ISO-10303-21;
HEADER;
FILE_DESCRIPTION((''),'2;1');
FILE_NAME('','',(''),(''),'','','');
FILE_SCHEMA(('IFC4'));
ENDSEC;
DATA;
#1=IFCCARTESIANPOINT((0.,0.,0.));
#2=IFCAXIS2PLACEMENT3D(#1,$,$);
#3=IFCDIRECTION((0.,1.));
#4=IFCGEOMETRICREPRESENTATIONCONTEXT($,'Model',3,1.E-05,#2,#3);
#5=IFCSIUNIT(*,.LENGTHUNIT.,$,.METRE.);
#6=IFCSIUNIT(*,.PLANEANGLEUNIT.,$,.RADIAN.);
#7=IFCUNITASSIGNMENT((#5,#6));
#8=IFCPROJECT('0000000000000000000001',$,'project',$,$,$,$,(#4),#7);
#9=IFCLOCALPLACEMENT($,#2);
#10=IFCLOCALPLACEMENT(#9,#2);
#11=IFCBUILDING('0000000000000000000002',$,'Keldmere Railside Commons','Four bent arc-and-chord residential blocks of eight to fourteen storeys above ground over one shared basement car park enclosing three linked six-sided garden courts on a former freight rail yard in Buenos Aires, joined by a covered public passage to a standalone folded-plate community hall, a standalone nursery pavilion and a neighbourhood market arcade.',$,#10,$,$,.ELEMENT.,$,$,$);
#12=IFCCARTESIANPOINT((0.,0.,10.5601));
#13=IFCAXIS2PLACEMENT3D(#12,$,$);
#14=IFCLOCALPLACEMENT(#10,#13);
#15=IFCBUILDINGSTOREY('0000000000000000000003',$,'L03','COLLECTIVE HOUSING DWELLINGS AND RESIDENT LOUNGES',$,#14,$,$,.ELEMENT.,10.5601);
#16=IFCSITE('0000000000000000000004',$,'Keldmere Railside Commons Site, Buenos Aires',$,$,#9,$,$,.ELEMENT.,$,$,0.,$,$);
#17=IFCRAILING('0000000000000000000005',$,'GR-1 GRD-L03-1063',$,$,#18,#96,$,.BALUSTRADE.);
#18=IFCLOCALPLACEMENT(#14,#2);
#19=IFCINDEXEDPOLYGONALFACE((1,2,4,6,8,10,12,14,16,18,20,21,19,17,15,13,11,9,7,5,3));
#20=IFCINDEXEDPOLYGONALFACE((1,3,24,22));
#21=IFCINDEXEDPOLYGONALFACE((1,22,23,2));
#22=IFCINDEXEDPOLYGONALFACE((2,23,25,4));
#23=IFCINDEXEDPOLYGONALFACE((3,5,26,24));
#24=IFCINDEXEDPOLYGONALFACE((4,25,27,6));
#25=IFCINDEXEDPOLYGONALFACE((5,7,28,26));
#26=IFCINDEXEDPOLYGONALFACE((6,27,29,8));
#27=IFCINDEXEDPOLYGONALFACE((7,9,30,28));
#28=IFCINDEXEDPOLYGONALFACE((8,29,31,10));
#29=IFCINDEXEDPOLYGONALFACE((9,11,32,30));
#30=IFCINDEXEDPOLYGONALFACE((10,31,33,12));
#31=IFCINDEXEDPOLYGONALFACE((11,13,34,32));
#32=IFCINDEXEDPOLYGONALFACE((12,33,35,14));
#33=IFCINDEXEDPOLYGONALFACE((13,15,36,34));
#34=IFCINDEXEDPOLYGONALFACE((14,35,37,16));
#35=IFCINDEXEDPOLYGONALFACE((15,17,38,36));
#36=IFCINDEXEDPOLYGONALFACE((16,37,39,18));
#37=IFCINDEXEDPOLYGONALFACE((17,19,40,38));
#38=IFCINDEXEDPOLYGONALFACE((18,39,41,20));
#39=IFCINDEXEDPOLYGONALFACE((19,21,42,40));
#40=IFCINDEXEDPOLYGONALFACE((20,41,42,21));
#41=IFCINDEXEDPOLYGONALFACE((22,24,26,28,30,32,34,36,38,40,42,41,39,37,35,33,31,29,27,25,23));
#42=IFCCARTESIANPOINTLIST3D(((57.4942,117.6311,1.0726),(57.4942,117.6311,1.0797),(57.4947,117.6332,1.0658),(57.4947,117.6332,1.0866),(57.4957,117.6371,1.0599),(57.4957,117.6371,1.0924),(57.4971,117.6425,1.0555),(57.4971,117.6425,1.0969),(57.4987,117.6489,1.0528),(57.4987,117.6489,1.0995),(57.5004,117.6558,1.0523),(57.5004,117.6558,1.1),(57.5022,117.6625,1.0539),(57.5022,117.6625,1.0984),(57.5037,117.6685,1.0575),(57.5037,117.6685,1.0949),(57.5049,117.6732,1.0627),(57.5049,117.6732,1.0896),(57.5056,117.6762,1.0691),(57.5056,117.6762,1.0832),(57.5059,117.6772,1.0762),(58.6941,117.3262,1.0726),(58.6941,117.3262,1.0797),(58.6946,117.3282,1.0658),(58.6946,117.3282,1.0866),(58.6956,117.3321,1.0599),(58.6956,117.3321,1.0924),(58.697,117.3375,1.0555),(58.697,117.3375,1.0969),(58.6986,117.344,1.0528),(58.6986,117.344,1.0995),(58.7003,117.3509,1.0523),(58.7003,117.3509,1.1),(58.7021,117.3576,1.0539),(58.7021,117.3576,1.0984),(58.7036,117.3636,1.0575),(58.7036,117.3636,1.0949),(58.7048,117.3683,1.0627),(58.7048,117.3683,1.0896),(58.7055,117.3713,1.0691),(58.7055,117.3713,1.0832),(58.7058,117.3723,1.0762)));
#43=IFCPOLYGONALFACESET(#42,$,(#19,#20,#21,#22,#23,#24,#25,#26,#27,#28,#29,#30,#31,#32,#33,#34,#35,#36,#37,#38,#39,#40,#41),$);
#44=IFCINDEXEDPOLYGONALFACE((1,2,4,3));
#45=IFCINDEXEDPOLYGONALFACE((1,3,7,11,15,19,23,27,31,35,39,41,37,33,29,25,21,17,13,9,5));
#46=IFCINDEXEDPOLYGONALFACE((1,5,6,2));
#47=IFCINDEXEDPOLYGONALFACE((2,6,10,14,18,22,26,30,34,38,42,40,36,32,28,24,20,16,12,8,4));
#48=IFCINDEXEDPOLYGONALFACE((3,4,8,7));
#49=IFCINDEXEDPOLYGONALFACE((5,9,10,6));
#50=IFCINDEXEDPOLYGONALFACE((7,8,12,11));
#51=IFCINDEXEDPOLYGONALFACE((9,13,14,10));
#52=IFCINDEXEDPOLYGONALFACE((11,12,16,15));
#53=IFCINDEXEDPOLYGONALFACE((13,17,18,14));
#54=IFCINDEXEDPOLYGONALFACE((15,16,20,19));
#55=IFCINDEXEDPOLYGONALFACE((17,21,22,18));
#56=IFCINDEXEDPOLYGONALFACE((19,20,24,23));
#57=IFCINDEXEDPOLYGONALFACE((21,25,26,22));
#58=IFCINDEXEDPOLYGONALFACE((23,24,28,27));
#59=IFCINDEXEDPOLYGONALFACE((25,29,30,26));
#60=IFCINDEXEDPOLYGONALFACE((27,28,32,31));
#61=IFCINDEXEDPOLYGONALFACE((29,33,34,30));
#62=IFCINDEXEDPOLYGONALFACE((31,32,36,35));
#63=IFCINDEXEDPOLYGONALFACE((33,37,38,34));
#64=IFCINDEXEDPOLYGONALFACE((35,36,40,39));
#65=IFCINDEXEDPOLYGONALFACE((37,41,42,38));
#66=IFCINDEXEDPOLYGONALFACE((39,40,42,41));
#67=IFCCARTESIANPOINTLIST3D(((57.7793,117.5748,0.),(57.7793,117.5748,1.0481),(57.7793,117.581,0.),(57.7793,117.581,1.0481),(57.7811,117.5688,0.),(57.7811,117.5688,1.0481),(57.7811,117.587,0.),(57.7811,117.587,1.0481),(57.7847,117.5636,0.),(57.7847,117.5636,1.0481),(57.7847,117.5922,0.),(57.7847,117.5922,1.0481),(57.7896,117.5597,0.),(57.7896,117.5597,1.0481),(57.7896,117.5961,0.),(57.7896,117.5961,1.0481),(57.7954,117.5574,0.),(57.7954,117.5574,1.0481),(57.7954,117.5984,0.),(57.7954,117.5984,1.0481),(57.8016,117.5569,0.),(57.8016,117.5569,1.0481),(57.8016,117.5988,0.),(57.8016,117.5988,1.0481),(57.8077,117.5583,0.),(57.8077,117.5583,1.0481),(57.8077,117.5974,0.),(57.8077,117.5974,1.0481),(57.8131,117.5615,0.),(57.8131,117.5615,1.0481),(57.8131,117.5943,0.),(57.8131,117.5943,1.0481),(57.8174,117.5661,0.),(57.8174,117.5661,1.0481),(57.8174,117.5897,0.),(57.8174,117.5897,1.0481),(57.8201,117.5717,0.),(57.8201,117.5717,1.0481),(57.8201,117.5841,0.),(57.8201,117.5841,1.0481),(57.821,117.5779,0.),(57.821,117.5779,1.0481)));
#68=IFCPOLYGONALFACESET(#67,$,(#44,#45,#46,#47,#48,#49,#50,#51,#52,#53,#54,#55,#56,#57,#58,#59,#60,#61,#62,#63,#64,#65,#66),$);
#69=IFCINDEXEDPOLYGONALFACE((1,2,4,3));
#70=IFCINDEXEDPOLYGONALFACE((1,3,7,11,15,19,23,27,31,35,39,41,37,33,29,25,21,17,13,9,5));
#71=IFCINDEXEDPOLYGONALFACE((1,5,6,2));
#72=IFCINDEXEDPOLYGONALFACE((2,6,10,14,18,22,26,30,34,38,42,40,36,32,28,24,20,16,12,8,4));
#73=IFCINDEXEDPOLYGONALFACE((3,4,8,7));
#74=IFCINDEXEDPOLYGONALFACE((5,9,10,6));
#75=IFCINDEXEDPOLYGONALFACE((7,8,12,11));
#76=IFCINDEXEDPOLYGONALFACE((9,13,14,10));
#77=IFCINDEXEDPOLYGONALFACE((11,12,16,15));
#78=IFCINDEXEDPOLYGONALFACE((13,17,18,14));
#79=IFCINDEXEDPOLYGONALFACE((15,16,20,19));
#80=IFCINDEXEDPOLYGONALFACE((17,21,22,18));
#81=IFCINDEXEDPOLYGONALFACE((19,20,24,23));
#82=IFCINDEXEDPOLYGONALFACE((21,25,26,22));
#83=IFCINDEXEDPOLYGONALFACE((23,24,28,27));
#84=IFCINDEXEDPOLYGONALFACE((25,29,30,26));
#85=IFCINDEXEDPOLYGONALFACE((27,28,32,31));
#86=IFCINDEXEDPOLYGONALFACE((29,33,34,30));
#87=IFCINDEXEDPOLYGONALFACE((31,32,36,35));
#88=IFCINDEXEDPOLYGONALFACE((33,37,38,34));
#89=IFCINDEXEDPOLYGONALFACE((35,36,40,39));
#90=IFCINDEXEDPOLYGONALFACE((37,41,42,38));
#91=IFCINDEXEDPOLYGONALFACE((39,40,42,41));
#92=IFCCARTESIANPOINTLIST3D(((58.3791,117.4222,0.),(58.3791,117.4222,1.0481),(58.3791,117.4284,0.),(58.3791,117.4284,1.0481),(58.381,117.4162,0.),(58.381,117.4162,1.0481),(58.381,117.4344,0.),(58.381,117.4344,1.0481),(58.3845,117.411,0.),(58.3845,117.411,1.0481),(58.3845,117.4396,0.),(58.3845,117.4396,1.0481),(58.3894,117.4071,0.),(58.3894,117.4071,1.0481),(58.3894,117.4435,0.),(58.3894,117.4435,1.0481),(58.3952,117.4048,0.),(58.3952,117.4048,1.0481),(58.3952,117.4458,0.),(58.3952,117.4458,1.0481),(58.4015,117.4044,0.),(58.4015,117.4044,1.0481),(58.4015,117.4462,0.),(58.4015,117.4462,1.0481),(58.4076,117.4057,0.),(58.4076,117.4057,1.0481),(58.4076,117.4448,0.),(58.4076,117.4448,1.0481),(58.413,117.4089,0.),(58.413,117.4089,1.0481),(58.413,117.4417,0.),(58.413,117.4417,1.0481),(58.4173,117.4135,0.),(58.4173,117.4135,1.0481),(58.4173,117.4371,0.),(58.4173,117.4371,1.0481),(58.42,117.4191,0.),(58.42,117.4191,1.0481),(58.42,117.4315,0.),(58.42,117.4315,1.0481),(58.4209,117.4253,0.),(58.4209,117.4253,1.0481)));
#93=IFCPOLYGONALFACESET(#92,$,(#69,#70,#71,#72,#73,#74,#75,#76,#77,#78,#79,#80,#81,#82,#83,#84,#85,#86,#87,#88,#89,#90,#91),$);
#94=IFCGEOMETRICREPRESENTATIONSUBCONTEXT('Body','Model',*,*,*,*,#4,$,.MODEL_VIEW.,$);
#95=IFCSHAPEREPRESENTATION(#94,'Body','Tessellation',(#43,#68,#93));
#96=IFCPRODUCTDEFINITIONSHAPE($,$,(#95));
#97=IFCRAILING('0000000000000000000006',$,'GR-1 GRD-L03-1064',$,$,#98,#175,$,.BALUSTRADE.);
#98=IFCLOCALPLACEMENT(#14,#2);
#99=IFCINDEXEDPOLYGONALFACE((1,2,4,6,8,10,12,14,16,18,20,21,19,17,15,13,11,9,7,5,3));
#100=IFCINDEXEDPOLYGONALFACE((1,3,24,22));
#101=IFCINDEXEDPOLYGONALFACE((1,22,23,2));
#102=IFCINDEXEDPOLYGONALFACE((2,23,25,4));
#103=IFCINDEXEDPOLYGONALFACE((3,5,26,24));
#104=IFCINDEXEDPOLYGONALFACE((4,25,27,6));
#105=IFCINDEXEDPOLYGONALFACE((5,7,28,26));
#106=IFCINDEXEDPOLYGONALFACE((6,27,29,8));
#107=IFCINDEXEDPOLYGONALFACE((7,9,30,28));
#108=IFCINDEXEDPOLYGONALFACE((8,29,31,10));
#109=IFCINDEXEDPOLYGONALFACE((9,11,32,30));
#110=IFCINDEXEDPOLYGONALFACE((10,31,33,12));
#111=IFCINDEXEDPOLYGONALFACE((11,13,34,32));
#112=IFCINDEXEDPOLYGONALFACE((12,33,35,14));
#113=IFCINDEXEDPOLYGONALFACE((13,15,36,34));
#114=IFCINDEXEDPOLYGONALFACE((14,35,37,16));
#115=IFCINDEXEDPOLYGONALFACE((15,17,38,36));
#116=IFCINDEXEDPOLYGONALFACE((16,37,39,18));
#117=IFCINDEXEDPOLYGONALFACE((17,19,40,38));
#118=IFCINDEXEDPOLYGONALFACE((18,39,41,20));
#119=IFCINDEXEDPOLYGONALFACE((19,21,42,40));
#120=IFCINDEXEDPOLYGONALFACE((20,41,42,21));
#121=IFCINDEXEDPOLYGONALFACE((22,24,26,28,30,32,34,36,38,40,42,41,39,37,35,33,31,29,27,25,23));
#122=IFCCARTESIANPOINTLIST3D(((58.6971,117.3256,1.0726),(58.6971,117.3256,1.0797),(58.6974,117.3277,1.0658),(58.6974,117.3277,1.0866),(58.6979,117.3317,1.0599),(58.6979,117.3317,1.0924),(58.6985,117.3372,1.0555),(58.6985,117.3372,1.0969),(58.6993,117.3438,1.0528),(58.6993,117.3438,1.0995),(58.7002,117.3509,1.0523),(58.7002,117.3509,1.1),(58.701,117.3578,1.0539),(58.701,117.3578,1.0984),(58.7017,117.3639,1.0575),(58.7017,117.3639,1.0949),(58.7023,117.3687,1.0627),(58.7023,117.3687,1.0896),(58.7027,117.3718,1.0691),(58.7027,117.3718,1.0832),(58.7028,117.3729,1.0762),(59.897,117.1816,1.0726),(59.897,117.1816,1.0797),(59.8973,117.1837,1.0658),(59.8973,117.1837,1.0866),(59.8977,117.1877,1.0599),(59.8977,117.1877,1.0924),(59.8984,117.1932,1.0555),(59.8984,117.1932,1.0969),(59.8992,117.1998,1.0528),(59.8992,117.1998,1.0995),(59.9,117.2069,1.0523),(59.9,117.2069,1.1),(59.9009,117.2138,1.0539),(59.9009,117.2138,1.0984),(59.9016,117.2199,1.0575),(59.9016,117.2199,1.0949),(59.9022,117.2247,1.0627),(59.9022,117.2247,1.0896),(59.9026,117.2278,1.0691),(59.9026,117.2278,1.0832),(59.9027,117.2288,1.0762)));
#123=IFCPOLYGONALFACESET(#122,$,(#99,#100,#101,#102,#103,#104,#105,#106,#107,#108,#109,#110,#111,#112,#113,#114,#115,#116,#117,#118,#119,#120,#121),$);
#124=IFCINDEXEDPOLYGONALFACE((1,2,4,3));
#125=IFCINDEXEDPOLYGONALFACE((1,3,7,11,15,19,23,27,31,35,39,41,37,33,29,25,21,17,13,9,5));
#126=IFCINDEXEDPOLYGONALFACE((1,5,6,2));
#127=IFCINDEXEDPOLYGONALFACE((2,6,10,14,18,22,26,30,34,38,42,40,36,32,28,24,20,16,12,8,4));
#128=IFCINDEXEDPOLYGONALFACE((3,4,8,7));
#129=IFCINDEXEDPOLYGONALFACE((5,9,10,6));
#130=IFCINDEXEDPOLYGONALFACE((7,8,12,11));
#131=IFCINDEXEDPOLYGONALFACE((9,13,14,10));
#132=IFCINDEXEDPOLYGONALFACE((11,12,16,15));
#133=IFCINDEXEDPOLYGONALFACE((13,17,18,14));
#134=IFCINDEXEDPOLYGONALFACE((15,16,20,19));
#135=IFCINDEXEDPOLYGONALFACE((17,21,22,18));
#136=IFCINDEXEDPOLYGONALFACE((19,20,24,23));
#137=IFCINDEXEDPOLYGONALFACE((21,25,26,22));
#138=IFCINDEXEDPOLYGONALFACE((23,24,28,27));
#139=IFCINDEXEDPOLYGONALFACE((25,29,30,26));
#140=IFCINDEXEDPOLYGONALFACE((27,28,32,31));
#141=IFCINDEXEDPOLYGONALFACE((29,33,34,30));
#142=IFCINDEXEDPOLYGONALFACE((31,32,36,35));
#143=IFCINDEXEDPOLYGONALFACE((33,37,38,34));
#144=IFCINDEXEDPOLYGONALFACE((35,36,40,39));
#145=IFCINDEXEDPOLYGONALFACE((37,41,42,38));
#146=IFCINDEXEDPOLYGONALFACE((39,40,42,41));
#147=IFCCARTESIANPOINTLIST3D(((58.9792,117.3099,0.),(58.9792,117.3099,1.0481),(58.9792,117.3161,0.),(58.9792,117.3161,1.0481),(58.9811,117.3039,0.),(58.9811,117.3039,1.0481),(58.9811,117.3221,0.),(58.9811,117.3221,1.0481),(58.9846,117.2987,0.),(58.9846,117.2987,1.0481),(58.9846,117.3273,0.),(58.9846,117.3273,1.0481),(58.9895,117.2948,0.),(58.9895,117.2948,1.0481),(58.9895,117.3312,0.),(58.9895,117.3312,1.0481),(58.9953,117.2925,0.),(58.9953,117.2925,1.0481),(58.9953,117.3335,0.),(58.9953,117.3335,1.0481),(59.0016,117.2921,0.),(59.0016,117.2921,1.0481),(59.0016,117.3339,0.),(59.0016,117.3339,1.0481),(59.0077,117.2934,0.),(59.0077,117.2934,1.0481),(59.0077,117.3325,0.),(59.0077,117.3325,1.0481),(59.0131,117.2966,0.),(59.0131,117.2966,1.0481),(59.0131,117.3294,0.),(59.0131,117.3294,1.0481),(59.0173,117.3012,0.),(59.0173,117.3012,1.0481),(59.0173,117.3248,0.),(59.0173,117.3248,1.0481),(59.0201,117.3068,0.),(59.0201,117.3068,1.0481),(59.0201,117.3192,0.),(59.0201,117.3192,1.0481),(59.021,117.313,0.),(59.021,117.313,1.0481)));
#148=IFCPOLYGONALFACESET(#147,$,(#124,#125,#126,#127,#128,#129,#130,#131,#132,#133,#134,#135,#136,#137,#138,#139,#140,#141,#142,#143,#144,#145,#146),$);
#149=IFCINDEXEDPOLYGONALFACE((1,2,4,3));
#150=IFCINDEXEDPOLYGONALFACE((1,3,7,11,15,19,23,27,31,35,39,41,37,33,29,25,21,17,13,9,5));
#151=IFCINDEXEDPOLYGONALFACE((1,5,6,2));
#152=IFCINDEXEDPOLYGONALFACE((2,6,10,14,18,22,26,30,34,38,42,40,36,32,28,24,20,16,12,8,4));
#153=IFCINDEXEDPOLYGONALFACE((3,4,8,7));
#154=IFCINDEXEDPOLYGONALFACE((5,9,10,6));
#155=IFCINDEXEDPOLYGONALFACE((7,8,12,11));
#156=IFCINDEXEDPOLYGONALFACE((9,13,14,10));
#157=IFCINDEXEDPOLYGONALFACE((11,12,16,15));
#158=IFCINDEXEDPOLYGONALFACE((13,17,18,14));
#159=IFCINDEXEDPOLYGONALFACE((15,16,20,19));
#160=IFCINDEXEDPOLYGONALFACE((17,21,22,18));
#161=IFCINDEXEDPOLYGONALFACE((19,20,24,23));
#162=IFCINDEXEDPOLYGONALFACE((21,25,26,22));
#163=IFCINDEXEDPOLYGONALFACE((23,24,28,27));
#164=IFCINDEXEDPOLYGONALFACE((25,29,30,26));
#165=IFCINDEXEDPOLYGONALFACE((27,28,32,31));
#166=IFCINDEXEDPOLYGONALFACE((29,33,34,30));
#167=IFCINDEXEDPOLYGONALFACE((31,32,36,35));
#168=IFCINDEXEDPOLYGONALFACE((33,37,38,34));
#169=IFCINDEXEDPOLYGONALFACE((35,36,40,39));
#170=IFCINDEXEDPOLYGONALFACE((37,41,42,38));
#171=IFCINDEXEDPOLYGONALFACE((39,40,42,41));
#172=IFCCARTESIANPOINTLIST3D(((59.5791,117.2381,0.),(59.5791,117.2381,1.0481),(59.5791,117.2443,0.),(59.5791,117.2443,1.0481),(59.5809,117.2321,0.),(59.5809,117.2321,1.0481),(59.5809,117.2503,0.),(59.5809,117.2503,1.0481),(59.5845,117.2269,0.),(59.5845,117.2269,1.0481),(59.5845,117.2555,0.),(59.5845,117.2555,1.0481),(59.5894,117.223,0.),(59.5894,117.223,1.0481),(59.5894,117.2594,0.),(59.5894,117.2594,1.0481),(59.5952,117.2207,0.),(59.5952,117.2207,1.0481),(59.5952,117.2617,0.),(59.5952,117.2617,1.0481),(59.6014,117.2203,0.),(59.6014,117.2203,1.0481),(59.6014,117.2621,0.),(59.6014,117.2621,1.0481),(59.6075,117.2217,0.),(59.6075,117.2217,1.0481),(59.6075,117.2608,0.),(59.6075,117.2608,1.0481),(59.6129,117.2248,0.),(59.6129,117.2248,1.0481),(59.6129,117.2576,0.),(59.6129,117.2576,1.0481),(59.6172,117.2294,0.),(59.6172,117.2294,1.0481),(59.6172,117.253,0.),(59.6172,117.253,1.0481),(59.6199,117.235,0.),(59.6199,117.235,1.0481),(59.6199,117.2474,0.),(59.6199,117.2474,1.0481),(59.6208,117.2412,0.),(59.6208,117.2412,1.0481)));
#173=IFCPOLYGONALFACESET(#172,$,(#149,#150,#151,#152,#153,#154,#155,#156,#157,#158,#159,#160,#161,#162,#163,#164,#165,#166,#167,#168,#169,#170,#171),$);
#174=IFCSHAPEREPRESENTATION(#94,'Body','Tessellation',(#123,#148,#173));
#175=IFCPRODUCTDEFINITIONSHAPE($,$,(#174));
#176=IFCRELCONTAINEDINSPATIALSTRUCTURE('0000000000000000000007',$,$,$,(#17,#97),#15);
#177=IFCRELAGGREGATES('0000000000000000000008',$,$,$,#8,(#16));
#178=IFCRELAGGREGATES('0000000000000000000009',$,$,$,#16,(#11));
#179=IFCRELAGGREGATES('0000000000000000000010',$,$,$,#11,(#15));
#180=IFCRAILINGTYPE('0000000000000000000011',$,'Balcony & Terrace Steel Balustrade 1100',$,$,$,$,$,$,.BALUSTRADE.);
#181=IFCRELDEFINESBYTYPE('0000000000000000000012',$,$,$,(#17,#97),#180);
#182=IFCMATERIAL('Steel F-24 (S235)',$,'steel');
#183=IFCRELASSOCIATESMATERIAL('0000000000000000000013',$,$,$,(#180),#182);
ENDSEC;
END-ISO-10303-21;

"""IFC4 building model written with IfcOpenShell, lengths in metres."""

from ifc_helpers import new_model, si_unit, direction, frame, origin, origin_2d, place, context, subcontext, project, spatial, circle, extrude, material, type_object, element, save


model = new_model("IFC4")

# Units and contexts
model_context = context("Model", 3, precision=1e-05, world=origin(), true_north=direction((0.0, 1.0)))
body_context = subcontext(model_context, "Body", "Model", "MODEL_VIEW")
ifc_project = project(units=[si_unit("LENGTHUNIT", "METRE"), si_unit("PLANEANGLEUNIT", "RADIAN")], contexts=[model_context])

# Site, building, storey
site_placement = place(None, origin())
site = spatial("IfcSite", under=ifc_project, at=site_placement, Name="Keldmere Railside Commons Site, Buenos Aires", CompositionType="ELEMENT", RefElevation=0.0)
building_placement = place(site_placement, origin())
building = spatial("IfcBuilding", under=site, at=building_placement, Name="Keldmere Railside Commons", Description="Four bent arc-and-chord residential blocks of eight to fourteen storeys above ground over one shared basement car park enclosing three linked six-sided garden courts on a former freight rail yard in Buenos Aires, joined by a covered public passage to a standalone folded-plate community hall, a standalone nursery pavilion and a neighbourhood market arcade.", CompositionType="ELEMENT")
storey_placement = place(building_placement, frame((0.0, 0.0, 10.5601)))
storey = spatial("IfcBuildingStorey", under=building, at=storey_placement, Name="L03", Description="COLLECTIVE HOUSING DWELLINGS AND RESIDENT LOUNGES", CompositionType="ELEMENT", Elevation=10.5601)

# Shared definitions
ifc_material_1 = material(Name="Steel F-24 (S235)", Category="steel")

# Railings
railing_type = type_object("IfcRailingType", Name="Balcony & Terrace Steel Balustrade 1100", PredefinedType="BALUSTRADE", material=ifc_material_1)
railing_1_placement = place(storey_placement, frame((57.5, 117.6541, 0.0)))
element("IfcRailing", 1, at=railing_1_placement, inside=storey, type_object=railing_type, Name="GR-1 GRD-L03-1063", PredefinedType="BALUSTRADE", context=body_context, shape_type="SweptSolid", body=[
    extrude(circle(Radius=0.0239, at=origin_2d()), frame((0.0, 0.0, 1.0762), z_axis=(0.969196, -0.246292, 0.0), x_axis=(0.246292, 0.969196, 0.0)), (0.0, 0.0, 1.0), 1.238),
    extrude(circle(Radius=0.021, at=origin_2d()), frame((0.3, -0.0762, 0.0)), (0.0, 0.0, 1.0), 1.0481),
    extrude(circle(Radius=0.021, at=origin_2d()), frame((0.8999, -0.2288, 0.0)), (0.0, 0.0, 1.0), 1.0481),
])
railing_2_placement = place(storey_placement, frame((58.7, 117.3491, 0.0)))
element("IfcRailing", 2, at=railing_2_placement, inside=storey, type_object=railing_type, Name="GR-1 GRD-L03-1064", PredefinedType="BALUSTRADE", context=body_context, shape_type="SweptSolid", body=[
    extrude(circle(Radius=0.0239, at=origin_2d()), frame((0.0, 0.0, 1.0762), z_axis=(0.992872, -0.119185, 0.0), x_axis=(0.119185, 0.992872, 0.0)), (0.0, 0.0, 1.0), 1.2085),
    extrude(circle(Radius=0.021, at=origin_2d()), frame((0.3, -0.0361, 0.0)), (0.0, 0.0, 1.0), 1.0481),
    extrude(circle(Radius=0.021, at=origin_2d()), frame((0.8999, -0.1079, 0.0)), (0.0, 0.0, 1.0), 1.0481),
])

save(model, "model.ifc")
